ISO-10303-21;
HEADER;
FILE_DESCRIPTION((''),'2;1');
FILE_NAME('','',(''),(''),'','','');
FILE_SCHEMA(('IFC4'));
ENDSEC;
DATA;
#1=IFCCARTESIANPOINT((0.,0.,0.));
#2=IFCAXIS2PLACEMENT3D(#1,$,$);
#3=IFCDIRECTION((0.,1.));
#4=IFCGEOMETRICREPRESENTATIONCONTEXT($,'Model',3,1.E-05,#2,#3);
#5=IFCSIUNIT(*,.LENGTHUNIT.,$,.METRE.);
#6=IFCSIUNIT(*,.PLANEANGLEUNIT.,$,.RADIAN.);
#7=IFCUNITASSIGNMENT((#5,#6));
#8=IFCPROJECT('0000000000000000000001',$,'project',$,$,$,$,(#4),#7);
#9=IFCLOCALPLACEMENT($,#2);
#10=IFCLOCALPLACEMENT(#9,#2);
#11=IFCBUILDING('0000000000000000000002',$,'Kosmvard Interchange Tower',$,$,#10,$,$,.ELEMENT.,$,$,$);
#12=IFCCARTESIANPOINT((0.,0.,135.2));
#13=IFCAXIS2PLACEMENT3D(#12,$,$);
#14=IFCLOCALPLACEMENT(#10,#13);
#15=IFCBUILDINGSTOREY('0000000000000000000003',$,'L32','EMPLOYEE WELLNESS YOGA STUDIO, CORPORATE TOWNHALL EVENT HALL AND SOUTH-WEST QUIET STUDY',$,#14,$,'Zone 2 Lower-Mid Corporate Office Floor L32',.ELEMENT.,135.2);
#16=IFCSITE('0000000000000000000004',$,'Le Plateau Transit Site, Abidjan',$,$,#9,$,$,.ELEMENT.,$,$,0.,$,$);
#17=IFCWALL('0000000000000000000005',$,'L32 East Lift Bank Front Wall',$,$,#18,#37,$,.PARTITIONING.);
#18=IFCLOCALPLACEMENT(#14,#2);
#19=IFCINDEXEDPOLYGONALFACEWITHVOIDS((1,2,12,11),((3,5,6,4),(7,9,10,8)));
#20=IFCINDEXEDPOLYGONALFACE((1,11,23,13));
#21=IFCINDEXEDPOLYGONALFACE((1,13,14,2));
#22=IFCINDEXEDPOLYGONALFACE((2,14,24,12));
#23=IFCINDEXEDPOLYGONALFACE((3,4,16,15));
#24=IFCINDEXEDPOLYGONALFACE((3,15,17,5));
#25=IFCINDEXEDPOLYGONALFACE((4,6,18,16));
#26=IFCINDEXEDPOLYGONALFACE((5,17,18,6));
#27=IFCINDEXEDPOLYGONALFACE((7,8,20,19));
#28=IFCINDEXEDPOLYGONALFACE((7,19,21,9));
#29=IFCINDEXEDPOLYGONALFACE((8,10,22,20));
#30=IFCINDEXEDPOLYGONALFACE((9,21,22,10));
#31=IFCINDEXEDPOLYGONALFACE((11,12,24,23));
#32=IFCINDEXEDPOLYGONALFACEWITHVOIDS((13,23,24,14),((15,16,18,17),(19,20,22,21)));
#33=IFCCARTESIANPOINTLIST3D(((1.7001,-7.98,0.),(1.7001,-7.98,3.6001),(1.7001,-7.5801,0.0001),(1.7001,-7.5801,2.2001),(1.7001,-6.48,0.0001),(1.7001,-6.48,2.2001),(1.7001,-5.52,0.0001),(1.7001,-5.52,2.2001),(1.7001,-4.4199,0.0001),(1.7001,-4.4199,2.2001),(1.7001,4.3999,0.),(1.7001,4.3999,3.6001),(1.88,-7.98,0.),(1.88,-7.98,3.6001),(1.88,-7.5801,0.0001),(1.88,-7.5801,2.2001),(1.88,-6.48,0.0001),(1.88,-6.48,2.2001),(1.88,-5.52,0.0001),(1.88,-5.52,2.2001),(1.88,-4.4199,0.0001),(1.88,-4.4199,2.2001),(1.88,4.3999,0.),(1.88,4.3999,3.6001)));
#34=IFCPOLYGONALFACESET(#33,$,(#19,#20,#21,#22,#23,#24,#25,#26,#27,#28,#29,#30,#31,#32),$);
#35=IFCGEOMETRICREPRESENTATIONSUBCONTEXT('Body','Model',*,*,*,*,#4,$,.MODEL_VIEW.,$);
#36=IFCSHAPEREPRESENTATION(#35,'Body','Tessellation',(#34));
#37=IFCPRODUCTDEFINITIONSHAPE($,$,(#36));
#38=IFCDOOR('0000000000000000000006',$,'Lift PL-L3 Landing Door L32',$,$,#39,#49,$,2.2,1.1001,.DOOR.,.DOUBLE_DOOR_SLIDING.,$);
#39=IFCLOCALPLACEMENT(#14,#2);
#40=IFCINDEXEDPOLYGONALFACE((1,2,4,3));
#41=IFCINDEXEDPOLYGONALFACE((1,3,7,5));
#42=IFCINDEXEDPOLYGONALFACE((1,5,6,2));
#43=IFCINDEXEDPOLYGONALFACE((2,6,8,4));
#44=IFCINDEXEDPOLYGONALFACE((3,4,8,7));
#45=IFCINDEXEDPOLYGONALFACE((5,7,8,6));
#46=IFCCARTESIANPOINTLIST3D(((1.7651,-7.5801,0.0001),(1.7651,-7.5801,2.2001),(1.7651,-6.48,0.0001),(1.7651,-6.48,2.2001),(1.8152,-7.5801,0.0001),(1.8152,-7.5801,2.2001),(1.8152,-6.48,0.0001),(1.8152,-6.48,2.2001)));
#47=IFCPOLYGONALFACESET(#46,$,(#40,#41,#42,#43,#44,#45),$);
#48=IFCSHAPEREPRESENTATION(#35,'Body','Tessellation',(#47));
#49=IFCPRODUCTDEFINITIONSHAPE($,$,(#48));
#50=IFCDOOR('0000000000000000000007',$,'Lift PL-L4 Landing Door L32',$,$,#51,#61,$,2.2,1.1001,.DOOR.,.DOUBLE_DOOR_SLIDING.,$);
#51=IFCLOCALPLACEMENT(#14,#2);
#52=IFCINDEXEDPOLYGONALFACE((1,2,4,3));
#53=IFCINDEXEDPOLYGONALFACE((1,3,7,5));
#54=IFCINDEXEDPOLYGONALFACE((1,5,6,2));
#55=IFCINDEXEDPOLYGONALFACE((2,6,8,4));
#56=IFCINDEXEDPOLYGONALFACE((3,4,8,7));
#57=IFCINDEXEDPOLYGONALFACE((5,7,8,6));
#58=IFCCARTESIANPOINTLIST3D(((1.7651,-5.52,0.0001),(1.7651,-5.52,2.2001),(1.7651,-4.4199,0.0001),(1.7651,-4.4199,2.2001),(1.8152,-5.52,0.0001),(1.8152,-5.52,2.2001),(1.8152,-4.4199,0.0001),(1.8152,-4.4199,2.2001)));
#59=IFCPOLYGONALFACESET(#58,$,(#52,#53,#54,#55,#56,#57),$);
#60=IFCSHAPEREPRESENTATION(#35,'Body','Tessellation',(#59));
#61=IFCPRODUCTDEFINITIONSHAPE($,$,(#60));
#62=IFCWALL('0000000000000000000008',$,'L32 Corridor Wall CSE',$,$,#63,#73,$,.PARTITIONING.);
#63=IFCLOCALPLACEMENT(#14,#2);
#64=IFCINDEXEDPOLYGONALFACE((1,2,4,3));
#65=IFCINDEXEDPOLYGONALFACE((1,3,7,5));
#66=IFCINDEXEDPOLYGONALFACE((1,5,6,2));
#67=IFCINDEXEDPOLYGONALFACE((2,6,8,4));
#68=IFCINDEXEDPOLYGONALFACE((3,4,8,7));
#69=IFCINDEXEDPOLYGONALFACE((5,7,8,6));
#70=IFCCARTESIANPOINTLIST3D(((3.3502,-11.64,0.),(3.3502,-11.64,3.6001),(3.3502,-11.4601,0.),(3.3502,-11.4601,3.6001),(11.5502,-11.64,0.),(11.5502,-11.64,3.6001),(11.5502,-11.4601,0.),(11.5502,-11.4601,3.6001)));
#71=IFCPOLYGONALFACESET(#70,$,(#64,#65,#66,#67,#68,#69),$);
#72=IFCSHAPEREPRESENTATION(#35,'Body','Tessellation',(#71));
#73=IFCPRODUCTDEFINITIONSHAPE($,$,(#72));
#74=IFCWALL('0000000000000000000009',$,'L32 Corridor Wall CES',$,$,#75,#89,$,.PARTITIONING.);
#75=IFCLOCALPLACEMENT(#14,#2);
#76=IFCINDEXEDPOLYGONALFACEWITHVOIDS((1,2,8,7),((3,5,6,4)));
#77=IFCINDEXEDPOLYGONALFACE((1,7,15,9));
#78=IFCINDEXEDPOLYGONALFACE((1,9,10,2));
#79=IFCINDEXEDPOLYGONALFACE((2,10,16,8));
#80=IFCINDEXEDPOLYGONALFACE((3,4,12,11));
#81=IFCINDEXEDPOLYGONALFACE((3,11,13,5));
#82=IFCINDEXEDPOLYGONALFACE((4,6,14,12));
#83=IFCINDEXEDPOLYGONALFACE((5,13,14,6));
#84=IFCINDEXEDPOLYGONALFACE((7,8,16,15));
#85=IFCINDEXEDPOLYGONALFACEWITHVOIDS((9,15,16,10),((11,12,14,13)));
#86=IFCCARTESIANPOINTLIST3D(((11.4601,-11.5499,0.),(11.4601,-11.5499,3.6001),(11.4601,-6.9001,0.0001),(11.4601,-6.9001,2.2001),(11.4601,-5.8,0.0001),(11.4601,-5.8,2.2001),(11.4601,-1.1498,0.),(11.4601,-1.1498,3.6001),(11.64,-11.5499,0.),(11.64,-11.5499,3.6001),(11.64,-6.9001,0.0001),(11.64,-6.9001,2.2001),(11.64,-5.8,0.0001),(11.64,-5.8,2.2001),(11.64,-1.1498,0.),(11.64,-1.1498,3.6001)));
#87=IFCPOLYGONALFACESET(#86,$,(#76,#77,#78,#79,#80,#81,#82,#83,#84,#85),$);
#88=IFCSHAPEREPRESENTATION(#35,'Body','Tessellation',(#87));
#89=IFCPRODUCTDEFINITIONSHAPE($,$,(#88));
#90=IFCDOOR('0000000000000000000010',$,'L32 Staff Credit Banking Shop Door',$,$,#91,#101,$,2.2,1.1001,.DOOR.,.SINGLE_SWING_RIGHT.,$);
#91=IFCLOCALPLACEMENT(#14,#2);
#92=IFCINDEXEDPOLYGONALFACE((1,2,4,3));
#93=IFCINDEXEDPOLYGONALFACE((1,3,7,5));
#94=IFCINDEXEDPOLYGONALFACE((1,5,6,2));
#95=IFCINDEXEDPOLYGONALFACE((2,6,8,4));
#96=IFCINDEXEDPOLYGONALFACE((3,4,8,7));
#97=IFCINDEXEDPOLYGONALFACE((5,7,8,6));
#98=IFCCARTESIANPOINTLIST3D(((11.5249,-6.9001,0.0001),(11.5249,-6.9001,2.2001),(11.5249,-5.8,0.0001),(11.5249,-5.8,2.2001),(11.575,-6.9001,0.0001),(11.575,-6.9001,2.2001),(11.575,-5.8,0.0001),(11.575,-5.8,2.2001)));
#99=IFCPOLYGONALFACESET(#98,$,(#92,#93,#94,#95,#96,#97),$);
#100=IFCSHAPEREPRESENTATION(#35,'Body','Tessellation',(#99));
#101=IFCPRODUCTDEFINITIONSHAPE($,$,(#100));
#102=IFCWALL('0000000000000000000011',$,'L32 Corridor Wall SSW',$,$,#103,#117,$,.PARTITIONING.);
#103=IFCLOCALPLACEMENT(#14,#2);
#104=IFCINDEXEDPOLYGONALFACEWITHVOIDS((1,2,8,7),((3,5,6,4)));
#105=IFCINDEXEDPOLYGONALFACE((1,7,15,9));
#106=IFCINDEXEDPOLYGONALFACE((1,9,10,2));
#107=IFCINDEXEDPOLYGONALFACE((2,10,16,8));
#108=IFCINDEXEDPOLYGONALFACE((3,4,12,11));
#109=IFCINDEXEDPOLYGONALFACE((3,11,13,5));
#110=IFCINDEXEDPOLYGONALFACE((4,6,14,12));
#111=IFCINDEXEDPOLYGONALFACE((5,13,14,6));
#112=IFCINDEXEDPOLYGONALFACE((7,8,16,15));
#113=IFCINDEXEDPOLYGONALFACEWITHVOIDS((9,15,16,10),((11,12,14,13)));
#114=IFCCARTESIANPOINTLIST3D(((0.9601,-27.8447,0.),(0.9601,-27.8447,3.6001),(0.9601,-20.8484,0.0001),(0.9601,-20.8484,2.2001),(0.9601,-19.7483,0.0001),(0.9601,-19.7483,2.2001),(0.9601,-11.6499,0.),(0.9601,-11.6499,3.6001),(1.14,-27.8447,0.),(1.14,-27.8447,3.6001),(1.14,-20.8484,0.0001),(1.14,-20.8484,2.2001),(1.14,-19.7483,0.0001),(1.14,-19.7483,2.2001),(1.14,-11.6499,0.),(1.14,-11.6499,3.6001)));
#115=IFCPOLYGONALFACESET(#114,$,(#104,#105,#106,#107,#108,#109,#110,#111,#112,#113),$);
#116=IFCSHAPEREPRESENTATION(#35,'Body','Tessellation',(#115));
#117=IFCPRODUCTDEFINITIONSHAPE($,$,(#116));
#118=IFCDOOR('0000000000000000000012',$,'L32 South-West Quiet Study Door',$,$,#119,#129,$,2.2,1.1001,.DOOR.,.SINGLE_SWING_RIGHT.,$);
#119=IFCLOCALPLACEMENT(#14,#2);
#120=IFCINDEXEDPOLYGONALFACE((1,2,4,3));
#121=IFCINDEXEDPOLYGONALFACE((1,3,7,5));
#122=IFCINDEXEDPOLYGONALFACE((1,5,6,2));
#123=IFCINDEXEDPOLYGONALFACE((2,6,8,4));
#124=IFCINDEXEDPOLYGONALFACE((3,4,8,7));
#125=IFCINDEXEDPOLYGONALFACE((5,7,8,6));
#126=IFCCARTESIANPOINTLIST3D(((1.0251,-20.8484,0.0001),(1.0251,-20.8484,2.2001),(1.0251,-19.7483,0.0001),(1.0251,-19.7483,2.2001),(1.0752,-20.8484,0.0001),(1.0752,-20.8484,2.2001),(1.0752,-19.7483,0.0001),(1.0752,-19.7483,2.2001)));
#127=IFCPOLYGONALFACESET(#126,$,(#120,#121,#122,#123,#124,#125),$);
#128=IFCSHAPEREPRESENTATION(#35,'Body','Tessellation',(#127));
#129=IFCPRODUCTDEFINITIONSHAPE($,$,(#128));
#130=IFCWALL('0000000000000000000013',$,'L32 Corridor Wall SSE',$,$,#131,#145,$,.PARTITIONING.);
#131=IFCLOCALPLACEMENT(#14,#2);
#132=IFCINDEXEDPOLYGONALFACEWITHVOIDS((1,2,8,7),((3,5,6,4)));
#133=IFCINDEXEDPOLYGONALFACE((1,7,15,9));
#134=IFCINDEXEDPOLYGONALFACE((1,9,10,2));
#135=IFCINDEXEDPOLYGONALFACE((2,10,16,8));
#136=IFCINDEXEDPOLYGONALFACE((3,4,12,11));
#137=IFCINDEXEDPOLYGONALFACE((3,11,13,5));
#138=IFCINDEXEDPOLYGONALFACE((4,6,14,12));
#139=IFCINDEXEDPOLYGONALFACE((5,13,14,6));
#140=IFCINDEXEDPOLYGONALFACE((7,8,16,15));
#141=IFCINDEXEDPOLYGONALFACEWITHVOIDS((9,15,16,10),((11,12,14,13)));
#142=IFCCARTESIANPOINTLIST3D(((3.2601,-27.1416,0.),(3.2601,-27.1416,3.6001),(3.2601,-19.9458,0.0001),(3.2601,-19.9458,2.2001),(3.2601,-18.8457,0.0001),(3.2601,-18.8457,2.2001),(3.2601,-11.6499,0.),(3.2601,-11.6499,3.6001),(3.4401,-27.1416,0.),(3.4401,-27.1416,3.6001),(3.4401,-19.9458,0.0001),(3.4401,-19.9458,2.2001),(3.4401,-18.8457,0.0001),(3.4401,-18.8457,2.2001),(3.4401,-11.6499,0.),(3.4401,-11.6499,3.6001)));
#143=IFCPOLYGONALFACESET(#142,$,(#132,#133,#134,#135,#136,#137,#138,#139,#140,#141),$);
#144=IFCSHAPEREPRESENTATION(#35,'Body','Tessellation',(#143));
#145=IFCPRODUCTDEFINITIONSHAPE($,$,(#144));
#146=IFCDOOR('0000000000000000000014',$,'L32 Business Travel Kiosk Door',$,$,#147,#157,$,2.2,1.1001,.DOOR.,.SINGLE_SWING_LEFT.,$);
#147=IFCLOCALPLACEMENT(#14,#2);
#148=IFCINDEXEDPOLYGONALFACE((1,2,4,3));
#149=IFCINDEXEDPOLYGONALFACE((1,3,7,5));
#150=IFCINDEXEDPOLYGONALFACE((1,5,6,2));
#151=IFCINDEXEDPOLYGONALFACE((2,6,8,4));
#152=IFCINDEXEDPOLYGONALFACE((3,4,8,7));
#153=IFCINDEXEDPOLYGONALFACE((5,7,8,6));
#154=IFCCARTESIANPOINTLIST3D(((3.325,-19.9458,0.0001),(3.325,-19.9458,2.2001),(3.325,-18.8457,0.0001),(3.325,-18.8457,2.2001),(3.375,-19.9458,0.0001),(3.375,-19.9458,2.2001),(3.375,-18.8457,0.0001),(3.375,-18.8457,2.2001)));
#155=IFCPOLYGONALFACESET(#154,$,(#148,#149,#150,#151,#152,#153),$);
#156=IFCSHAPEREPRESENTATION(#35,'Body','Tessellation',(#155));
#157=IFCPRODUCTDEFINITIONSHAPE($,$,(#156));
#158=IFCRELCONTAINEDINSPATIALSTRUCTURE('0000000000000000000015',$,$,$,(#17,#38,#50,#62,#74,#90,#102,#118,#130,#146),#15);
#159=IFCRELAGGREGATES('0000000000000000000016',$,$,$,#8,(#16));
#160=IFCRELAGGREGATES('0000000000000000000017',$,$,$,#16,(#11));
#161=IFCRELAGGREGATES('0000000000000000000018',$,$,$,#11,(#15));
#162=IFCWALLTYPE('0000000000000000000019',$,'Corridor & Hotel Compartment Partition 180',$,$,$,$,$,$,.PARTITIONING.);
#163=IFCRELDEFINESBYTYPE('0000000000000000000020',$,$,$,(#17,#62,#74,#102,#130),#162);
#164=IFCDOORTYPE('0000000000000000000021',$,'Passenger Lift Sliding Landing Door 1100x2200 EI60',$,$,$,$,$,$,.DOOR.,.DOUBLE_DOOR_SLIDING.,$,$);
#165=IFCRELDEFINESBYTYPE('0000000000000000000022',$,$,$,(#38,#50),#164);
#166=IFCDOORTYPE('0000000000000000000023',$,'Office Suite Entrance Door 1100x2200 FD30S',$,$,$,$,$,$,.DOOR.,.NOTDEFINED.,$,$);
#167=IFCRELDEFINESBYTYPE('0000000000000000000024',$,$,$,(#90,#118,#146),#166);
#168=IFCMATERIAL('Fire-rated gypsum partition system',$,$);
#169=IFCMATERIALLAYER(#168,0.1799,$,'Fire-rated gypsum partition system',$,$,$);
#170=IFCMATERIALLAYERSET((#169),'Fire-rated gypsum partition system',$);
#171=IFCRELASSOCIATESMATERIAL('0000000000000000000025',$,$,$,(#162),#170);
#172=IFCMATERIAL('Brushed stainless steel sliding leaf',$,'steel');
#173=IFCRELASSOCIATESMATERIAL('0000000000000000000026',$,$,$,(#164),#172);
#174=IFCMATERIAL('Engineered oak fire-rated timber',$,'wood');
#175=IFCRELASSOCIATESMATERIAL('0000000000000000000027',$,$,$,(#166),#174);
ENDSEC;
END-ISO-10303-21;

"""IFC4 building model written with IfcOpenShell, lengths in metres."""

from ifc_helpers import new_model, si_unit, direction, frame, frame_2d, origin, place, context, subcontext, project, spatial, rectangle, extrude, source, transform, mapped, material, layer, layer_set, type_object, element, fill, save


model = new_model("IFC4")

# Units and contexts
model_context = context("Model", 3, precision=1e-05, world=origin(), true_north=direction((0.0, 1.0)))
body_context = subcontext(model_context, "Body", "Model", "MODEL_VIEW")
ifc_project = project(units=[si_unit("LENGTHUNIT", "METRE"), si_unit("PLANEANGLEUNIT", "RADIAN")], contexts=[model_context])

# Site, building, storey
site_placement = place(None, origin())
site = spatial("IfcSite", under=ifc_project, at=site_placement, Name="Le Plateau Transit Site, Abidjan", CompositionType="ELEMENT", RefElevation=0.0)
building_placement = place(site_placement, origin())
building = spatial("IfcBuilding", under=site, at=building_placement, Name="Kosmvard Interchange Tower", CompositionType="ELEMENT")
storey_placement = place(building_placement, frame((0.0, 0.0, 135.2)))
storey = spatial("IfcBuildingStorey", under=building, at=storey_placement, Name="L32", Description="EMPLOYEE WELLNESS YOGA STUDIO, CORPORATE TOWNHALL EVENT HALL AND SOUTH-WEST QUIET STUDY", LongName="Zone 2 Lower-Mid Corporate Office Floor L32", CompositionType="ELEMENT", Elevation=135.2)

# Wall, openings, doors
ifc_material_1 = material(Name="Fire-rated gypsum partition system")
ifc_layer_1 = layer(ifc_material_1, 0.1799, Name="Fire-rated gypsum partition system")
ifc_layer_set_1 = layer_set([ifc_layer_1], Name="Fire-rated gypsum partition system")
wall_type_1 = type_object("IfcWallType", Name="Corridor & Hotel Compartment Partition 180", PredefinedType="PARTITIONING", material=ifc_layer_set_1)
wall_1_placement = place(storey_placement, frame((1.79, -7.98, 0.0), z_axis=(0.0, 0.0, 1.0), x_axis=(0.0, 1.0, 0.0)))
wall_1 = element("IfcWall", 1, at=wall_1_placement, inside=storey, type_object=wall_type_1, Name="L32 East Lift Bank Front Wall", PredefinedType="PARTITIONING", context=body_context, shape_type="SweptSolid", body=[
    extrude(rectangle(XDim=12.3799, YDim=0.1799, at=frame_2d((6.1899, 0.0))), origin(), (0.0, 0.0, 1.0), 3.6001),
])
opening_1_placement = place(wall_1_placement, frame((0.3999, 0.0, 0.0)))
opening_1 = element("IfcOpeningElement", 2, at=opening_1_placement, cuts=wall_1, PredefinedType="OPENING", context=body_context, shape_type="SweptSolid", body=[
    extrude(rectangle(XDim=1.1001, YDim=2.2, at=frame_2d((0.55, 1.1001))), frame((0.0, 0.1001, 0.0), z_axis=(0.0, -1.0, 0.0), x_axis=(1.0, 0.0, 0.0)), (0.0, 0.0, 1.0), 0.2),
])
opening_2_placement = place(wall_1_placement, frame((2.46, 0.0, 0.0)))
opening_2 = element("IfcOpeningElement", 3, at=opening_2_placement, cuts=wall_1, PredefinedType="OPENING", context=body_context, shape_type="SweptSolid", body=[
    extrude(rectangle(XDim=1.1001, YDim=2.2, at=frame_2d((0.55, 1.1001))), frame((0.0, 0.1001, 0.0), z_axis=(0.0, -1.0, 0.0), x_axis=(1.0, 0.0, 0.0)), (0.0, 0.0, 1.0), 0.2),
])
ifc_material_2 = material(Name="Brushed stainless steel sliding leaf", Category="steel")
door_type_1 = type_object("IfcDoorType", Name="Passenger Lift Sliding Landing Door 1100x2200 EI60", OperationType="DOUBLE_DOOR_SLIDING", PredefinedType="DOOR", material=ifc_material_2)
shared_shape_1 = source(origin(), body_context, "Body", "SweptSolid", [
    extrude(rectangle(XDim=1.1001, YDim=2.2, at=frame_2d((0.55, 1.1001))), frame((0.0, 0.0249, 0.0), z_axis=(0.0, -1.0, 0.0), x_axis=(1.0, 0.0, 0.0)), (0.0, 0.0, 1.0), 0.05),
])
door_1_placement = place(opening_1_placement, origin())
door_1 = element("IfcDoor", 4, at=door_1_placement, inside=storey, type_object=door_type_1, Name="Lift PL-L3 Landing Door L32", OperationType="DOUBLE_DOOR_SLIDING", OverallHeight=2.2, OverallWidth=1.1001, PredefinedType="DOOR", context=body_context, shape_type="MappedRepresentation", body=[
    mapped(shared_shape_1, transform((0.0, 0.0, 0.0), scale=1.0)),
])
fill(opening_1, door_1)
door_2_placement = place(opening_2_placement, origin())
door_2 = element("IfcDoor", 5, at=door_2_placement, inside=storey, type_object=door_type_1, Name="Lift PL-L4 Landing Door L32", OperationType="DOUBLE_DOOR_SLIDING", OverallHeight=2.2, OverallWidth=1.1001, PredefinedType="DOOR", context=body_context, shape_type="MappedRepresentation", body=[
    mapped(shared_shape_1, transform((0.0, 0.0, 0.0), scale=1.0)),
])
fill(opening_2, door_2)

# Wall
wall_2_placement = place(storey_placement, frame((3.3501, -11.55, 0.0), z_axis=(0.0, 0.0, 1.0), x_axis=(1.0, 0.0, 0.0)))
element("IfcWall", 6, at=wall_2_placement, inside=storey, type_object=wall_type_1, Name="L32 Corridor Wall CSE", PredefinedType="PARTITIONING", context=body_context, shape_type="SweptSolid", body=[
    extrude(rectangle(XDim=8.2, YDim=0.1799, at=frame_2d((4.1001, 0.0))), origin(), (0.0, 0.0, 1.0), 3.6001),
])

# Walls, openings, doors
wall_3_placement = place(storey_placement, frame((11.55, -11.55, 0.0), z_axis=(0.0, 0.0, 1.0), x_axis=(0.0, 1.0, 0.0)))
wall_3 = element("IfcWall", 7, at=wall_3_placement, inside=storey, type_object=wall_type_1, Name="L32 Corridor Wall CES", PredefinedType="PARTITIONING", context=body_context, shape_type="SweptSolid", body=[
    extrude(rectangle(XDim=10.4001, YDim=0.1799, at=frame_2d((5.2002, 0.0))), origin(), (0.0, 0.0, 1.0), 3.6001),
])
opening_3_placement = place(wall_3_placement, frame((4.6499, 0.0, 0.0)))
opening_3 = element("IfcOpeningElement", 8, at=opening_3_placement, cuts=wall_3, PredefinedType="OPENING", context=body_context, shape_type="SweptSolid", body=[
    extrude(rectangle(XDim=1.1001, YDim=2.2, at=frame_2d((0.55, 1.1001))), frame((0.0, 0.1001, 0.0), z_axis=(0.0, -1.0, 0.0), x_axis=(1.0, 0.0, 0.0)), (0.0, 0.0, 1.0), 0.2),
])
ifc_material_3 = material(Name="Engineered oak fire-rated timber", Category="wood")
door_type_2 = type_object("IfcDoorType", Name="Office Suite Entrance Door 1100x2200 FD30S", OperationType="NOTDEFINED", PredefinedType="DOOR", material=ifc_material_3)
door_3_placement = place(opening_3_placement, frame((1.1001, 0.0, 0.0), z_axis=(0.0, 0.0, 1.0), x_axis=(-1.0, 0.0, 0.0)))
door_3 = element("IfcDoor", 9, at=door_3_placement, inside=storey, type_object=door_type_2, Name="L32 Staff Credit Banking Shop Door", OperationType="SINGLE_SWING_RIGHT", OverallHeight=2.2, OverallWidth=1.1001, PredefinedType="DOOR", context=body_context, shape_type="MappedRepresentation", body=[
    mapped(shared_shape_1, transform((0.0, 0.0, 0.0), scale=1.0)),
])
fill(opening_3, door_3)
wall_4_placement = place(storey_placement, frame((1.05, -27.8447, 0.0), z_axis=(0.0, 0.0, 1.0), x_axis=(0.0, 1.0, 0.0)))
wall_4 = element("IfcWall", 10, at=wall_4_placement, inside=storey, type_object=wall_type_1, Name="L32 Corridor Wall SSW", PredefinedType="PARTITIONING", context=body_context, shape_type="SweptSolid", body=[
    extrude(rectangle(XDim=16.1948, YDim=0.1799, at=frame_2d((8.0974, 0.0))), origin(), (0.0, 0.0, 1.0), 3.6001),
])
opening_4_placement = place(wall_4_placement, frame((6.9963, 0.0, 0.0)))
opening_4 = element("IfcOpeningElement", 11, at=opening_4_placement, cuts=wall_4, PredefinedType="OPENING", context=body_context, shape_type="SweptSolid", body=[
    extrude(rectangle(XDim=1.1001, YDim=2.2, at=frame_2d((0.55, 1.1001))), frame((0.0, 0.1001, 0.0), z_axis=(0.0, -1.0, 0.0), x_axis=(1.0, 0.0, 0.0)), (0.0, 0.0, 1.0), 0.2),
])
door_4_placement = place(opening_4_placement, origin())
door_4 = element("IfcDoor", 12, at=door_4_placement, inside=storey, type_object=door_type_2, Name="L32 South-West Quiet Study Door", OperationType="SINGLE_SWING_RIGHT", OverallHeight=2.2, OverallWidth=1.1001, PredefinedType="DOOR", context=body_context, shape_type="MappedRepresentation", body=[
    mapped(shared_shape_1, transform((0.0, 0.0, 0.0), scale=1.0)),
])
fill(opening_4, door_4)
wall_5_placement = place(storey_placement, frame((3.3501, -27.1416, 0.0), z_axis=(0.0, 0.0, 1.0), x_axis=(0.0, 1.0, 0.0)))
wall_5 = element("IfcWall", 13, at=wall_5_placement, inside=storey, type_object=wall_type_1, Name="L32 Corridor Wall SSE", PredefinedType="PARTITIONING", context=body_context, shape_type="SweptSolid", body=[
    extrude(rectangle(XDim=15.4917, YDim=0.1799, at=frame_2d((7.7458, 0.0))), origin(), (0.0, 0.0, 1.0), 3.6001),
])
opening_5_placement = place(wall_5_placement, frame((7.1958, 0.0, 0.0)))
opening_5 = element("IfcOpeningElement", 14, at=opening_5_placement, cuts=wall_5, PredefinedType="OPENING", context=body_context, shape_type="SweptSolid", body=[
    extrude(rectangle(XDim=1.1001, YDim=2.2, at=frame_2d((0.55, 1.1001))), frame((0.0, 0.1001, 0.0), z_axis=(0.0, -1.0, 0.0), x_axis=(1.0, 0.0, 0.0)), (0.0, 0.0, 1.0), 0.2),
])
door_5_placement = place(opening_5_placement, frame((1.1001, 0.0, 0.0), z_axis=(0.0, 0.0, 1.0), x_axis=(-1.0, 0.0, 0.0)))
door_5 = element("IfcDoor", 15, at=door_5_placement, inside=storey, type_object=door_type_2, Name="L32 Business Travel Kiosk Door", OperationType="SINGLE_SWING_LEFT", OverallHeight=2.2, OverallWidth=1.1001, PredefinedType="DOOR", context=body_context, shape_type="MappedRepresentation", body=[
    mapped(shared_shape_1, transform((0.0, 0.0, 0.0), scale=1.0)),
])
fill(opening_5, door_5)

save(model, "model.ifc")
